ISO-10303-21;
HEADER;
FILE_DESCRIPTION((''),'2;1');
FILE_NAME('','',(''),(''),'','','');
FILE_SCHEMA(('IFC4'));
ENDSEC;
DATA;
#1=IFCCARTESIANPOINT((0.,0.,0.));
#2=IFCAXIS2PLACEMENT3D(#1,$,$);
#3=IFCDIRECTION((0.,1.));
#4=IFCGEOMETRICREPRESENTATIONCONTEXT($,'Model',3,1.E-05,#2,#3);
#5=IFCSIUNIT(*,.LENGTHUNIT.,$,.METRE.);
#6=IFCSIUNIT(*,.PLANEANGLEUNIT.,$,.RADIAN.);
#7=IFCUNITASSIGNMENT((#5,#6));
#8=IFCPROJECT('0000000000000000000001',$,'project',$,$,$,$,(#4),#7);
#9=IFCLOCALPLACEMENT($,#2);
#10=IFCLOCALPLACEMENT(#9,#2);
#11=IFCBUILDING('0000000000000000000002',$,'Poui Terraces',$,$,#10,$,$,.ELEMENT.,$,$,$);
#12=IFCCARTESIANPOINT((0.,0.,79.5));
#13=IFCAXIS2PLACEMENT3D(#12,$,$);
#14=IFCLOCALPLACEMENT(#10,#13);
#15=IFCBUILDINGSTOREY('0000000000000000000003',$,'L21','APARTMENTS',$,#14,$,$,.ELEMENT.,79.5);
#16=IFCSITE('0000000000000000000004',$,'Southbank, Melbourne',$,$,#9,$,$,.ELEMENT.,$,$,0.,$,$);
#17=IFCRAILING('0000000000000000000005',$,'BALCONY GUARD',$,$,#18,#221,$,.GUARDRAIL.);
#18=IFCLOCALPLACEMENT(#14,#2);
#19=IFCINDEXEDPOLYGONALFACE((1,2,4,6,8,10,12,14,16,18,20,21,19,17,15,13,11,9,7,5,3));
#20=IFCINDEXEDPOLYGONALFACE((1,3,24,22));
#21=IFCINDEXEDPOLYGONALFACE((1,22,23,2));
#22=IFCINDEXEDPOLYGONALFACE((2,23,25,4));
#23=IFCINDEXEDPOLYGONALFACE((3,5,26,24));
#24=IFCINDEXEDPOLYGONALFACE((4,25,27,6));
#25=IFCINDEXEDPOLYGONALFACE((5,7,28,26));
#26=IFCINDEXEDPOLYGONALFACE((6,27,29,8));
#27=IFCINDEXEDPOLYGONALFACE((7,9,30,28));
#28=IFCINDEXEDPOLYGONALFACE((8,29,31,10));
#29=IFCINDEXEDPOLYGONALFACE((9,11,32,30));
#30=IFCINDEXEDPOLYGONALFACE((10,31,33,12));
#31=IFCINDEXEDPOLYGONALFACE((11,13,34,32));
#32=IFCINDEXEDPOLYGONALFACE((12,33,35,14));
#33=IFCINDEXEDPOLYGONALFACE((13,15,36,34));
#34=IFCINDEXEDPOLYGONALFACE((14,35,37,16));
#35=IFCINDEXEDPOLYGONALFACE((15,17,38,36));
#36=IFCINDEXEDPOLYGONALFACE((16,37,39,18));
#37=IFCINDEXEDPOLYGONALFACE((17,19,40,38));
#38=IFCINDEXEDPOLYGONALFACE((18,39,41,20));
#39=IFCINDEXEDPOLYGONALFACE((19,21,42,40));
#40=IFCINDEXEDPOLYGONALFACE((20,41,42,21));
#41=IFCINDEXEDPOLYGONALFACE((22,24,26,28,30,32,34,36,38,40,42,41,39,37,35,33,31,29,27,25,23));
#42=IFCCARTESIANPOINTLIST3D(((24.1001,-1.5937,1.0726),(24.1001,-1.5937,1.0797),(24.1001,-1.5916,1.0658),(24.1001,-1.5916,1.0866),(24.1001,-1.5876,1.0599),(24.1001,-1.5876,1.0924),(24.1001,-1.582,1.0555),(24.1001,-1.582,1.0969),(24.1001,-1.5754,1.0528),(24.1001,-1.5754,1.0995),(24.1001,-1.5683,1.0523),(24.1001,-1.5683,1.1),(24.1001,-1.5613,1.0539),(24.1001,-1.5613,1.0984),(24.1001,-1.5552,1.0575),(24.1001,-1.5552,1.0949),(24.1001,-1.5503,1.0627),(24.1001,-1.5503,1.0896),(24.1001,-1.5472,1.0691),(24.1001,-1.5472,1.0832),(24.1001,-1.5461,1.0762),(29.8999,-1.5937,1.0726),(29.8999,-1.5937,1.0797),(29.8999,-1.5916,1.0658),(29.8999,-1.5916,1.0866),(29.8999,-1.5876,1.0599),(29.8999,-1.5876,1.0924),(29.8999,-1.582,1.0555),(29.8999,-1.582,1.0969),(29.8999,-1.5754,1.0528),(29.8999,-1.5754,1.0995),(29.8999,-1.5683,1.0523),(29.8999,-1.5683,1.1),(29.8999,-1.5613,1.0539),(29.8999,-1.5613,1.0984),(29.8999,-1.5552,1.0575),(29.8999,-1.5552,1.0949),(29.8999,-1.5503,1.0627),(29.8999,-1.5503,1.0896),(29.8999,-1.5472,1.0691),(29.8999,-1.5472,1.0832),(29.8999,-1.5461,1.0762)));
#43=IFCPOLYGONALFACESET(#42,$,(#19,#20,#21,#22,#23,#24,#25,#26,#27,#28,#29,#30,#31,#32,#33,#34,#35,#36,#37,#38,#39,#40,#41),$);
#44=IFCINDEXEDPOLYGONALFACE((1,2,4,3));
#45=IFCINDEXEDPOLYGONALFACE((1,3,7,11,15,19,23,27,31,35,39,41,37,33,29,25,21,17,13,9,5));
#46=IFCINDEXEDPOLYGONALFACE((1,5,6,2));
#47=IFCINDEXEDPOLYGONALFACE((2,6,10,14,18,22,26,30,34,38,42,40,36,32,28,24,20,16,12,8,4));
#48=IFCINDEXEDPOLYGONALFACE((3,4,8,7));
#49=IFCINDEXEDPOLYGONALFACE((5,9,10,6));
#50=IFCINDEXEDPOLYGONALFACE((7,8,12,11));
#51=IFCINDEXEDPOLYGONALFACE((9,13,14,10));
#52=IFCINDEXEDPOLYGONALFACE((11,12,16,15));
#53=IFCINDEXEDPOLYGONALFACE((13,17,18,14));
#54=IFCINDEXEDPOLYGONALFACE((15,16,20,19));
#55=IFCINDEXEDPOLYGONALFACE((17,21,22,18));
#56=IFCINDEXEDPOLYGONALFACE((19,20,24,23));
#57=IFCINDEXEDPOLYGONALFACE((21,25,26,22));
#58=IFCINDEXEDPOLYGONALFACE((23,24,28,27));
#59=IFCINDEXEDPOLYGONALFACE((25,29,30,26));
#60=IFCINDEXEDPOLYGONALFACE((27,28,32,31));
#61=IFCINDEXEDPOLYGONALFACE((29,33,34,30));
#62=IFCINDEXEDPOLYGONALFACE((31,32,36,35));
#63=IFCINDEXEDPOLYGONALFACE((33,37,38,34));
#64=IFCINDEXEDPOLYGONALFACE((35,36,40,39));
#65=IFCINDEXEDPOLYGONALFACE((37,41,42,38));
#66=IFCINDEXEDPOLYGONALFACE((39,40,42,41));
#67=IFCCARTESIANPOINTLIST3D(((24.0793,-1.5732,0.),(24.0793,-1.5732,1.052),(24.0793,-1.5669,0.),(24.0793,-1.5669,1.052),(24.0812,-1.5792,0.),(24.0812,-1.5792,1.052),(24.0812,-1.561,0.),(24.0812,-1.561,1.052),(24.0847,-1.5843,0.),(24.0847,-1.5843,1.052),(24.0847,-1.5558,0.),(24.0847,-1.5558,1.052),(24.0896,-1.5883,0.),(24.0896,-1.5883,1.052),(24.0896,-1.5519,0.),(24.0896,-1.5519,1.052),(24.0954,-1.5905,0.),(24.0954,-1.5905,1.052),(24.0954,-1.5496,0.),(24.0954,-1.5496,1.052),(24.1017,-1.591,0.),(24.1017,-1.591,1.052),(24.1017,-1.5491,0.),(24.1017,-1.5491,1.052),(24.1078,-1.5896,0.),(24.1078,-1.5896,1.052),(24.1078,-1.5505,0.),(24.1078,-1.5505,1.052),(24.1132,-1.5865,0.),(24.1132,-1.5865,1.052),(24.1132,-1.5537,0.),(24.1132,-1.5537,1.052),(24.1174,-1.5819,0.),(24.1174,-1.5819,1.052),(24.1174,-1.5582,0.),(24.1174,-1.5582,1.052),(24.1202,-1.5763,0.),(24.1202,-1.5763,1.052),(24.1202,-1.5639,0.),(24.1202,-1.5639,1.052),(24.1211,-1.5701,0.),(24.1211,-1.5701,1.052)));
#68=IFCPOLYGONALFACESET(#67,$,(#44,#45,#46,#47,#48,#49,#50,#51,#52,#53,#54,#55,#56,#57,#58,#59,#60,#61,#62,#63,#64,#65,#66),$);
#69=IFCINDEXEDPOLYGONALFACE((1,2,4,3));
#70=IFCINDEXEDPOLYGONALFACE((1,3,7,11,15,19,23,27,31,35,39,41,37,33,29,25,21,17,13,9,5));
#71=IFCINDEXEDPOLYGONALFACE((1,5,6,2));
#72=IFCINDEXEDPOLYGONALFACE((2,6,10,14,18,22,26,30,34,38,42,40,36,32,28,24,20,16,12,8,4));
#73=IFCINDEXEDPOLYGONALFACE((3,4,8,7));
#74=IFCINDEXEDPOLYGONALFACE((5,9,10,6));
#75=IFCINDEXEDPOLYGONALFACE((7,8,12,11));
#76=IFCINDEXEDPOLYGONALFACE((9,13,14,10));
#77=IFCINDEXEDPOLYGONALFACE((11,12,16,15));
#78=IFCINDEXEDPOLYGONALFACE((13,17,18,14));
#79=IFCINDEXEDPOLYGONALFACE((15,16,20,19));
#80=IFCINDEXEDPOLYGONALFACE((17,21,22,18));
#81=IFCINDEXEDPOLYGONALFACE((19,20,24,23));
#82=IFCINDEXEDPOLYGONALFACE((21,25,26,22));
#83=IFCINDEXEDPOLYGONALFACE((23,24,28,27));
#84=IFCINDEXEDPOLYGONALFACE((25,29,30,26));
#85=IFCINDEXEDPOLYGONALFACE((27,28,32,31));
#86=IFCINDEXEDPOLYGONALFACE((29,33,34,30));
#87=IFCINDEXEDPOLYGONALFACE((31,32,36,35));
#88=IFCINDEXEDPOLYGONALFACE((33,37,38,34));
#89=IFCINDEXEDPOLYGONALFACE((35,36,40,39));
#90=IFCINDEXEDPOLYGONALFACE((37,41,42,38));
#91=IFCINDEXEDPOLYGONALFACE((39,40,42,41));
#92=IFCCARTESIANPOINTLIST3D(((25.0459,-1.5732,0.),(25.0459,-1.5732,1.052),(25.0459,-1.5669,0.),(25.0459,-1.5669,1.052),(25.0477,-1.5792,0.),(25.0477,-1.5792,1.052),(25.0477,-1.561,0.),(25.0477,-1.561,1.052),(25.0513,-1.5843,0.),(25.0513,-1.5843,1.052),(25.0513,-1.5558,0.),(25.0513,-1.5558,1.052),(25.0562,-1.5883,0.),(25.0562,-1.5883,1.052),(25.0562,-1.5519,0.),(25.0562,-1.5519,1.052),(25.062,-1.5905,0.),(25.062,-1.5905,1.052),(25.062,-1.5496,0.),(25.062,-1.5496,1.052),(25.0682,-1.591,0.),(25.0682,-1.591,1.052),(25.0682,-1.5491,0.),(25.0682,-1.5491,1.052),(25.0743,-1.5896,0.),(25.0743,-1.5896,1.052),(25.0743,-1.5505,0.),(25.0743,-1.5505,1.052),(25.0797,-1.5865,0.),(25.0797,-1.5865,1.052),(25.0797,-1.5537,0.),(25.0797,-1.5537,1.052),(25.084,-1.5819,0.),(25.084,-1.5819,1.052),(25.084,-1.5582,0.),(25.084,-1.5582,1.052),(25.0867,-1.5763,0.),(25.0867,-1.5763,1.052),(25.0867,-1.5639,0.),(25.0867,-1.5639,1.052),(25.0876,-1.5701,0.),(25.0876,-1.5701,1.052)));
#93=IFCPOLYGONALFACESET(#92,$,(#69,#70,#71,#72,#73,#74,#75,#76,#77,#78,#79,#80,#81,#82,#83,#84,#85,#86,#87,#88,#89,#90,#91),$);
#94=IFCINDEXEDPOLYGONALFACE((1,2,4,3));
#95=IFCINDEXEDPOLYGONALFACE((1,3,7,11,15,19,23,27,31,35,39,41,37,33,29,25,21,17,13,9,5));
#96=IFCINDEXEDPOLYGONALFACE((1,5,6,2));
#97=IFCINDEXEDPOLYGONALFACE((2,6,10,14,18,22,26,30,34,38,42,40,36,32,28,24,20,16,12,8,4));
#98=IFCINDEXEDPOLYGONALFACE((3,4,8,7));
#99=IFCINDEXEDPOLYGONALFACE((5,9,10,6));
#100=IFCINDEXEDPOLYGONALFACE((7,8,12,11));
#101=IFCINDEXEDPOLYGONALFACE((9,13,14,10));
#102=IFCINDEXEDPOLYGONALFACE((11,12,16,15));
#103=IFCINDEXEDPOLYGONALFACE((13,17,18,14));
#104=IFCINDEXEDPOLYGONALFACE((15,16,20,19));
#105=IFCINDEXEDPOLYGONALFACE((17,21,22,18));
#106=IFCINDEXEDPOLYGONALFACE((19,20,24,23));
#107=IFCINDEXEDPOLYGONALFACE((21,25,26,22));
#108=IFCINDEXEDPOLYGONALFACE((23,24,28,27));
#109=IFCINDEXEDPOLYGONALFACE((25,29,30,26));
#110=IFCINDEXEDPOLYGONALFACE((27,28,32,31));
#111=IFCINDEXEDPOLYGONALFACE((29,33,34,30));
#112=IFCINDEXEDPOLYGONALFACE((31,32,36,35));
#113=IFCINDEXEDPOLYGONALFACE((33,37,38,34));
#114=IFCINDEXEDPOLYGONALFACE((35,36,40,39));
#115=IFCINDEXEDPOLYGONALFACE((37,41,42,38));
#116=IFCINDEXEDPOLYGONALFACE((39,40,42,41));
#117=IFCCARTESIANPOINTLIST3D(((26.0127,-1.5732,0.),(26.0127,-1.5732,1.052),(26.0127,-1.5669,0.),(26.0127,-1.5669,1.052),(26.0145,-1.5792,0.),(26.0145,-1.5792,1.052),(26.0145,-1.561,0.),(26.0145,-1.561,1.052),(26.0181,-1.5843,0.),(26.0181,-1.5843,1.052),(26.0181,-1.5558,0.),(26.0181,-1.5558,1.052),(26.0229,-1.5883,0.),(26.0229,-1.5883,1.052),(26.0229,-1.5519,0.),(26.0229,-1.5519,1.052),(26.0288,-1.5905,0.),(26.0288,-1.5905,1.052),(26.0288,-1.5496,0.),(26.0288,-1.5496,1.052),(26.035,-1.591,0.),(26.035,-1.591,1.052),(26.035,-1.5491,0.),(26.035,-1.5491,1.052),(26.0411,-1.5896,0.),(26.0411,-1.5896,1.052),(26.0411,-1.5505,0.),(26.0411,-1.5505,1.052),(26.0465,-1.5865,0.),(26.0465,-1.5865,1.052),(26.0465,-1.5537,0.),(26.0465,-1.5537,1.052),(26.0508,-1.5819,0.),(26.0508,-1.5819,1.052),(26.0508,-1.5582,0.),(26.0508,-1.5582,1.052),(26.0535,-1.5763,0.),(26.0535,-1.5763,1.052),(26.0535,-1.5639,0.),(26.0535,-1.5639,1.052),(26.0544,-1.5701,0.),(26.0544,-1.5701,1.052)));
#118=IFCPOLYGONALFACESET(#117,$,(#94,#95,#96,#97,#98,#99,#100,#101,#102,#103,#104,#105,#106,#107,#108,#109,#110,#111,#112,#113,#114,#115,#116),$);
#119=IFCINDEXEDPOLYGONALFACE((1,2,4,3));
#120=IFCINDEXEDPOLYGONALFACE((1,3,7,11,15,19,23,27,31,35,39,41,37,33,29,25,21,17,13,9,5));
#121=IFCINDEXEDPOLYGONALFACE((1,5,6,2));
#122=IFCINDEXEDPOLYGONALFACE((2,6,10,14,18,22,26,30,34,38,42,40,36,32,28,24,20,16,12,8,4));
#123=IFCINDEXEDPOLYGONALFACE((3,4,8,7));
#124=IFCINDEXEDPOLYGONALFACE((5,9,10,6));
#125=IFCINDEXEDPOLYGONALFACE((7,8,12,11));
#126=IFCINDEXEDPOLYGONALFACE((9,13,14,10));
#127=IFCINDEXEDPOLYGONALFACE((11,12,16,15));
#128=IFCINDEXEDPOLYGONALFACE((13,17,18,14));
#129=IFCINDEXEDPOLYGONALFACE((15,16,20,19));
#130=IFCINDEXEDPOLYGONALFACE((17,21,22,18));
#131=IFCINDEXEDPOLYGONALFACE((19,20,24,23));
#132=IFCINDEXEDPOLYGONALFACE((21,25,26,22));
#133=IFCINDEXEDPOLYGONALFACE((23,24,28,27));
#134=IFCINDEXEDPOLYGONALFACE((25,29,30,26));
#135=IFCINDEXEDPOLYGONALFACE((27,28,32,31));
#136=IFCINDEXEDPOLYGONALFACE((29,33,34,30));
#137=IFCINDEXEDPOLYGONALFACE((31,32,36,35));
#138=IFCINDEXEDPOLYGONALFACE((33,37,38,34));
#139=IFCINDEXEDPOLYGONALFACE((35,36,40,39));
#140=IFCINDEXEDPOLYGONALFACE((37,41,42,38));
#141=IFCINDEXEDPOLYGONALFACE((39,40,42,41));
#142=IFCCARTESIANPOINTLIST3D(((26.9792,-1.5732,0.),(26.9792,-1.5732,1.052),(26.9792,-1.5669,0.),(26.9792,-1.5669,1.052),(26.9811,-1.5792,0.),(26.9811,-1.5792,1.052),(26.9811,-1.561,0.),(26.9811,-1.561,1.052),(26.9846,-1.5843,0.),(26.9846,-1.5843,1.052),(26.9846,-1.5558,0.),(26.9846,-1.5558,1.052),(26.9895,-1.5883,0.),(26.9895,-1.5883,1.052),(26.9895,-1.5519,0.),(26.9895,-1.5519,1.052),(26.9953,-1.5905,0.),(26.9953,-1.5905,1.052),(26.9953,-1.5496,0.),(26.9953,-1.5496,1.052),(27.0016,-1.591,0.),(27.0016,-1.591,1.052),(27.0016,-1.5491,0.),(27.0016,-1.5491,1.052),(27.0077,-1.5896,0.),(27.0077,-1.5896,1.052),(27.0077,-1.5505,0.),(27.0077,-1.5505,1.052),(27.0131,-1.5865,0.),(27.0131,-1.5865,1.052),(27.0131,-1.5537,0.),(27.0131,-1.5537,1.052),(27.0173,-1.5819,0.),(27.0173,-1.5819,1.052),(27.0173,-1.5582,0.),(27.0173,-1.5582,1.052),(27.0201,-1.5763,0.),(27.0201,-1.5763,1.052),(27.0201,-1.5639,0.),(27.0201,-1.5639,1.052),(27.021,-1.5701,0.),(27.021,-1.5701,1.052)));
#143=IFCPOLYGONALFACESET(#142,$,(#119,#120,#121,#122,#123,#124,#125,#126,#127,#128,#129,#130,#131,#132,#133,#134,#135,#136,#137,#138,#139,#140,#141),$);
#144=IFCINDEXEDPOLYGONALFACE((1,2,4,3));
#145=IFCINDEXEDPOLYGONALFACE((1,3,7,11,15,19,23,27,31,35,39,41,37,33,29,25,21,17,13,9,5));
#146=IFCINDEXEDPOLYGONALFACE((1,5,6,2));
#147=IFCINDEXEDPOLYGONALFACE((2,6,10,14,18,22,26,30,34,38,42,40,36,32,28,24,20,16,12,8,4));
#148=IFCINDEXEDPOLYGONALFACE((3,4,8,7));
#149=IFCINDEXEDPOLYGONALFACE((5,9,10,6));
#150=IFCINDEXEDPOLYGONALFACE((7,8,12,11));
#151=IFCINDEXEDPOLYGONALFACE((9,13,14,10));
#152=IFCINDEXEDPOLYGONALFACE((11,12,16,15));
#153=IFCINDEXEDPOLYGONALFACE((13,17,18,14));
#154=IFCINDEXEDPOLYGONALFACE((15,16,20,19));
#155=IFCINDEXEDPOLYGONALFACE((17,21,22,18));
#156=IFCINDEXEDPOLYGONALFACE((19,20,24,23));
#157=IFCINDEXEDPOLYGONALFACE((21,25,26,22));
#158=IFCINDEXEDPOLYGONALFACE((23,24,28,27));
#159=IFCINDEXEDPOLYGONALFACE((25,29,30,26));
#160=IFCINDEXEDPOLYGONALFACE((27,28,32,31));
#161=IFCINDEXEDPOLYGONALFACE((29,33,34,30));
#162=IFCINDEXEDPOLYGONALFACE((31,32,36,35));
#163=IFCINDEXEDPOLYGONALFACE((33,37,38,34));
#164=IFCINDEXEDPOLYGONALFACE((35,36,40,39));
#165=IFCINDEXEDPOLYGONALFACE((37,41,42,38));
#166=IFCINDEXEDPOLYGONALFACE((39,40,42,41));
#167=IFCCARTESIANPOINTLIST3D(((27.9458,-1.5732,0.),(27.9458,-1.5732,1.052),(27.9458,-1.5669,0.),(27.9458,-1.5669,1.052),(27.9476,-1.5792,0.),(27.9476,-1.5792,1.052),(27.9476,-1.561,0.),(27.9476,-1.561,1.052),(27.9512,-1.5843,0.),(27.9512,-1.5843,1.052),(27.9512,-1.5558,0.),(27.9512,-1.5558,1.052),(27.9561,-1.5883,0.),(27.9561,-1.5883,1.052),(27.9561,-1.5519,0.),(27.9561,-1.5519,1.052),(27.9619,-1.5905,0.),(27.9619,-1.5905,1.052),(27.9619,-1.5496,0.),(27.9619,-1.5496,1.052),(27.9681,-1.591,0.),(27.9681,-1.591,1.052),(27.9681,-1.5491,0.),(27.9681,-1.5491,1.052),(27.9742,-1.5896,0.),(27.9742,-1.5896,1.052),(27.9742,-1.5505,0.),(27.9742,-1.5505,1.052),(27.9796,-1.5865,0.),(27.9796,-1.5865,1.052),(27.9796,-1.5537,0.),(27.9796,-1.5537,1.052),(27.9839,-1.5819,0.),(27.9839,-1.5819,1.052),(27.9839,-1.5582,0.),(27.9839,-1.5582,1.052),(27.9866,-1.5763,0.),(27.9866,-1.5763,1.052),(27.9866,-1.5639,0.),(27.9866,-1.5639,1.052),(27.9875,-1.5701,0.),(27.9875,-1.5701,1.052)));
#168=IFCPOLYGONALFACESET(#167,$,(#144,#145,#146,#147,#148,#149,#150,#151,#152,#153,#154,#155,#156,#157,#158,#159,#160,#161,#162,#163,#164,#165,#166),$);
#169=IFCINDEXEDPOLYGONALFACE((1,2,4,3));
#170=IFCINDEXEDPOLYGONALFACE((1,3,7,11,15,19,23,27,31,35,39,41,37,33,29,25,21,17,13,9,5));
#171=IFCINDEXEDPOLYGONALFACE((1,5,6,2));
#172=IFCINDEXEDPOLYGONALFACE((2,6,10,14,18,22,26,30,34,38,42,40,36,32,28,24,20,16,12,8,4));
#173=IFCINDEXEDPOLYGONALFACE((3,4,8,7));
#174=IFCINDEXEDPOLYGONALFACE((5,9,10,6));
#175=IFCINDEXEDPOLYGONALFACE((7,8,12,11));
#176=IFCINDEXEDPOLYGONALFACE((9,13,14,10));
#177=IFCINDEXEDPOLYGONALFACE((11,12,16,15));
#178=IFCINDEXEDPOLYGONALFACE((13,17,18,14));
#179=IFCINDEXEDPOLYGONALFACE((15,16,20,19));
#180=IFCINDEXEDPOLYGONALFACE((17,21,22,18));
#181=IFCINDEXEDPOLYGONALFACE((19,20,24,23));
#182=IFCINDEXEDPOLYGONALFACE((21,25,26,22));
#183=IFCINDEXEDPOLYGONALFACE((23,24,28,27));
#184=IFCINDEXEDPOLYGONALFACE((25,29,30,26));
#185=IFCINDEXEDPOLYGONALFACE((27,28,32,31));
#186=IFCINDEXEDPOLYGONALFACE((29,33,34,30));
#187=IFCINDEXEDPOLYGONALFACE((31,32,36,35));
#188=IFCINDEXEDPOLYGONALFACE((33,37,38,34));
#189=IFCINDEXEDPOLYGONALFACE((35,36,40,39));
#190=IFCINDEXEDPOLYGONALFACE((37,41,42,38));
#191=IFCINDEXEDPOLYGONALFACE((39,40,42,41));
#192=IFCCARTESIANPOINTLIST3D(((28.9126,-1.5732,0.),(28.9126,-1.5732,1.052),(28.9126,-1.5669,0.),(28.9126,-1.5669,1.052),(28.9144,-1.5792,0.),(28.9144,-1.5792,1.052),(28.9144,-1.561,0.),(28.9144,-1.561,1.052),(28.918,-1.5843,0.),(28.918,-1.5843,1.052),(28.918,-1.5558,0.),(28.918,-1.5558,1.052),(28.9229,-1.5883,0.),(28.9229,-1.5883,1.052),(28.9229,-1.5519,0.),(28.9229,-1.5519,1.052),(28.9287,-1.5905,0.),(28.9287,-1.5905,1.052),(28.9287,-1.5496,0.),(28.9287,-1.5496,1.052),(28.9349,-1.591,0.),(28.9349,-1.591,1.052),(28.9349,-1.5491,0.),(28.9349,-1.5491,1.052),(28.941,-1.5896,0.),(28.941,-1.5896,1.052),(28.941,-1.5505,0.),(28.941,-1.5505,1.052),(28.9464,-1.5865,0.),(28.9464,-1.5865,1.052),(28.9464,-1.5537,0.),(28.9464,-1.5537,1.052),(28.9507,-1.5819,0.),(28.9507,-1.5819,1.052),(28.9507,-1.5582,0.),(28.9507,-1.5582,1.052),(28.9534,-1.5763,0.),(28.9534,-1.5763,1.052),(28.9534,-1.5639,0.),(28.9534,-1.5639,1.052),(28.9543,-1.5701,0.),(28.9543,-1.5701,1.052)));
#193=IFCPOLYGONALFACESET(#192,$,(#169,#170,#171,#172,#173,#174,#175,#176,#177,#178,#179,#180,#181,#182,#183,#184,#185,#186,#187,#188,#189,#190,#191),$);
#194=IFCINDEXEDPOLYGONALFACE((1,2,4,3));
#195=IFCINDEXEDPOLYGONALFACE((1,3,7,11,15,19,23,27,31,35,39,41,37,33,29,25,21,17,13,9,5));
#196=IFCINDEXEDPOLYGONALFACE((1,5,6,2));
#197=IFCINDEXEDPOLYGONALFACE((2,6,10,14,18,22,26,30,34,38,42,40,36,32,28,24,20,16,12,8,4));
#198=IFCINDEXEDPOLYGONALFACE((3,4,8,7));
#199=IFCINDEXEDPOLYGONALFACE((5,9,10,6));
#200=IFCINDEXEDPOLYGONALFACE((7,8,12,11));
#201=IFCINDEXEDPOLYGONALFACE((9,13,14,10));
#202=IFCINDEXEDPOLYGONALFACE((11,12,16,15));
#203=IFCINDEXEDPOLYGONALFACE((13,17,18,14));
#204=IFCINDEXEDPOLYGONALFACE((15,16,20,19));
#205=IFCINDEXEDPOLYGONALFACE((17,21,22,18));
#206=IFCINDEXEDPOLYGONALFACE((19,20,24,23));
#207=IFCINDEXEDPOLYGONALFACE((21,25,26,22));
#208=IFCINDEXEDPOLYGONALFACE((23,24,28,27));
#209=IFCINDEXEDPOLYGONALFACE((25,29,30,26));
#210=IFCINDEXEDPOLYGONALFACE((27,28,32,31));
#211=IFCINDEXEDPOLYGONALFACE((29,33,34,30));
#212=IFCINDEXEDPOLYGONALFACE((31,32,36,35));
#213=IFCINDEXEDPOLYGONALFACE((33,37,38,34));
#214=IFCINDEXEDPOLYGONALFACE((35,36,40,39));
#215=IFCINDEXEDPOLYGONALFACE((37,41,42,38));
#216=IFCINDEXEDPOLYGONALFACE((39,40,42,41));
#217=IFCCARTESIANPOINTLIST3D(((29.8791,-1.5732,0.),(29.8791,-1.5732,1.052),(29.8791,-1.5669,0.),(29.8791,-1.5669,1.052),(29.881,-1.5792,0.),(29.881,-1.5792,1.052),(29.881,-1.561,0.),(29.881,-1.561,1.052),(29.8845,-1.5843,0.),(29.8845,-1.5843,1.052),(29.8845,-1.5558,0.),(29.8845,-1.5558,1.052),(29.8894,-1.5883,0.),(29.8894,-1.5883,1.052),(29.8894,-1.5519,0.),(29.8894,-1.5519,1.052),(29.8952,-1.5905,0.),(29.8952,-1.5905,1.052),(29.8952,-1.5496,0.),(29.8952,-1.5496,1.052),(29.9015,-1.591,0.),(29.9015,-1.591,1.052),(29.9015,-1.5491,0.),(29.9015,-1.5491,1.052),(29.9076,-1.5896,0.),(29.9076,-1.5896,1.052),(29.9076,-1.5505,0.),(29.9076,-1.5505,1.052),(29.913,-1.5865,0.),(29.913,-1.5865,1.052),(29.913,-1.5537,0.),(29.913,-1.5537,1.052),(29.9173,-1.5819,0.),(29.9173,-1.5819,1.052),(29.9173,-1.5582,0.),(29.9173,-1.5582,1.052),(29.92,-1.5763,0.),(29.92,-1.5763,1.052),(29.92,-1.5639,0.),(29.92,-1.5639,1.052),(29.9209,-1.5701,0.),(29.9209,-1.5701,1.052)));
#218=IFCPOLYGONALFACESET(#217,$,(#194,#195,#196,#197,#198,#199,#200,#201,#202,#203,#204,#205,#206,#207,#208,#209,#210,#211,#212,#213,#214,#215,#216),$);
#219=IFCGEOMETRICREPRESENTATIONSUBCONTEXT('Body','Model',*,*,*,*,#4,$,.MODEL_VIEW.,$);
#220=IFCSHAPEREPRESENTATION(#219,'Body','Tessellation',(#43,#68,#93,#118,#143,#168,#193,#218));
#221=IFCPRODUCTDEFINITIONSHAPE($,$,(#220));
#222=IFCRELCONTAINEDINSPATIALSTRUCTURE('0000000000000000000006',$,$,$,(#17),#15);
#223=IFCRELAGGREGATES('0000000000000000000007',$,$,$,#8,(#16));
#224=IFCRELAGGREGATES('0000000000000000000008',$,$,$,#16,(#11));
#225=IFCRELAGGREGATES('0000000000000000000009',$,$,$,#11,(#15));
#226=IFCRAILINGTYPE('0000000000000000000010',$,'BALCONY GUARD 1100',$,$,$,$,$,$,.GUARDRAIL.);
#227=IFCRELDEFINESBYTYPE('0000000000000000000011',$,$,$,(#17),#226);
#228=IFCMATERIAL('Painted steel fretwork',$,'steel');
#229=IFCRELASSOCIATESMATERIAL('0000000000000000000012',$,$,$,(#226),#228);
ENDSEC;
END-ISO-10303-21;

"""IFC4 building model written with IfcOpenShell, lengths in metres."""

from ifc_helpers import new_model, si_unit, direction, frame, origin, origin_2d, place, context, subcontext, project, spatial, circle, extrude, material, type_object, element, save


model = new_model("IFC4")

# Units and contexts
model_context = context("Model", 3, precision=1e-05, world=origin(), true_north=direction((0.0, 1.0)))
body_context = subcontext(model_context, "Body", "Model", "MODEL_VIEW")
ifc_project = project(units=[si_unit("LENGTHUNIT", "METRE"), si_unit("PLANEANGLEUNIT", "RADIAN")], contexts=[model_context])

# Site, building, storey
site_placement = place(None, origin())
site = spatial("IfcSite", under=ifc_project, at=site_placement, Name="Southbank, Melbourne", CompositionType="ELEMENT", RefElevation=0.0)
building_placement = place(site_placement, origin())
building = spatial("IfcBuilding", under=site, at=building_placement, Name="Poui Terraces", CompositionType="ELEMENT")
storey_placement = place(building_placement, frame((0.0, 0.0, 79.5)))
storey = spatial("IfcBuildingStorey", under=building, at=storey_placement, Name="L21", Description="APARTMENTS", CompositionType="ELEMENT", Elevation=79.5)

# Railing
ifc_material_1 = material(Name="Painted steel fretwork", Category="steel")
railing_type = type_object("IfcRailingType", Name="BALCONY GUARD 1100", PredefinedType="GUARDRAIL", material=ifc_material_1)
railing_placement = place(storey_placement, frame((24.1001, -1.5701, 0.0)))
element("IfcRailing", 1, at=railing_placement, inside=storey, type_object=railing_type, Name="BALCONY GUARD", PredefinedType="GUARDRAIL", context=body_context, shape_type="SweptSolid", body=[
    extrude(circle(Radius=0.0239, at=origin_2d()), frame((0.0, 0.0, 1.0762), z_axis=(1.0, 0.0, 0.0), x_axis=(0.0, 1.0, 0.0)), (0.0, 0.0, 1.0), 5.7998),
    extrude(circle(Radius=0.021, at=origin_2d()), origin(), (0.0, 0.0, 1.0), 1.052),
    extrude(circle(Radius=0.021, at=origin_2d()), frame((0.9666, 0.0, 0.0)), (0.0, 0.0, 1.0), 1.052),
    extrude(circle(Radius=0.021, at=origin_2d()), frame((1.9333, 0.0, 0.0)), (0.0, 0.0, 1.0), 1.052),
    extrude(circle(Radius=0.021, at=origin_2d()), frame((2.8999, 0.0, 0.0)), (0.0, 0.0, 1.0), 1.052),
    extrude(circle(Radius=0.021, at=origin_2d()), frame((3.8665, 0.0, 0.0)), (0.0, 0.0, 1.0), 1.052),
    extrude(circle(Radius=0.021, at=origin_2d()), frame((4.8333, 0.0, 0.0)), (0.0, 0.0, 1.0), 1.052),
    extrude(circle(Radius=0.021, at=origin_2d()), frame((5.7998, 0.0, 0.0)), (0.0, 0.0, 1.0), 1.052),
])

save(model, "model.ifc")
